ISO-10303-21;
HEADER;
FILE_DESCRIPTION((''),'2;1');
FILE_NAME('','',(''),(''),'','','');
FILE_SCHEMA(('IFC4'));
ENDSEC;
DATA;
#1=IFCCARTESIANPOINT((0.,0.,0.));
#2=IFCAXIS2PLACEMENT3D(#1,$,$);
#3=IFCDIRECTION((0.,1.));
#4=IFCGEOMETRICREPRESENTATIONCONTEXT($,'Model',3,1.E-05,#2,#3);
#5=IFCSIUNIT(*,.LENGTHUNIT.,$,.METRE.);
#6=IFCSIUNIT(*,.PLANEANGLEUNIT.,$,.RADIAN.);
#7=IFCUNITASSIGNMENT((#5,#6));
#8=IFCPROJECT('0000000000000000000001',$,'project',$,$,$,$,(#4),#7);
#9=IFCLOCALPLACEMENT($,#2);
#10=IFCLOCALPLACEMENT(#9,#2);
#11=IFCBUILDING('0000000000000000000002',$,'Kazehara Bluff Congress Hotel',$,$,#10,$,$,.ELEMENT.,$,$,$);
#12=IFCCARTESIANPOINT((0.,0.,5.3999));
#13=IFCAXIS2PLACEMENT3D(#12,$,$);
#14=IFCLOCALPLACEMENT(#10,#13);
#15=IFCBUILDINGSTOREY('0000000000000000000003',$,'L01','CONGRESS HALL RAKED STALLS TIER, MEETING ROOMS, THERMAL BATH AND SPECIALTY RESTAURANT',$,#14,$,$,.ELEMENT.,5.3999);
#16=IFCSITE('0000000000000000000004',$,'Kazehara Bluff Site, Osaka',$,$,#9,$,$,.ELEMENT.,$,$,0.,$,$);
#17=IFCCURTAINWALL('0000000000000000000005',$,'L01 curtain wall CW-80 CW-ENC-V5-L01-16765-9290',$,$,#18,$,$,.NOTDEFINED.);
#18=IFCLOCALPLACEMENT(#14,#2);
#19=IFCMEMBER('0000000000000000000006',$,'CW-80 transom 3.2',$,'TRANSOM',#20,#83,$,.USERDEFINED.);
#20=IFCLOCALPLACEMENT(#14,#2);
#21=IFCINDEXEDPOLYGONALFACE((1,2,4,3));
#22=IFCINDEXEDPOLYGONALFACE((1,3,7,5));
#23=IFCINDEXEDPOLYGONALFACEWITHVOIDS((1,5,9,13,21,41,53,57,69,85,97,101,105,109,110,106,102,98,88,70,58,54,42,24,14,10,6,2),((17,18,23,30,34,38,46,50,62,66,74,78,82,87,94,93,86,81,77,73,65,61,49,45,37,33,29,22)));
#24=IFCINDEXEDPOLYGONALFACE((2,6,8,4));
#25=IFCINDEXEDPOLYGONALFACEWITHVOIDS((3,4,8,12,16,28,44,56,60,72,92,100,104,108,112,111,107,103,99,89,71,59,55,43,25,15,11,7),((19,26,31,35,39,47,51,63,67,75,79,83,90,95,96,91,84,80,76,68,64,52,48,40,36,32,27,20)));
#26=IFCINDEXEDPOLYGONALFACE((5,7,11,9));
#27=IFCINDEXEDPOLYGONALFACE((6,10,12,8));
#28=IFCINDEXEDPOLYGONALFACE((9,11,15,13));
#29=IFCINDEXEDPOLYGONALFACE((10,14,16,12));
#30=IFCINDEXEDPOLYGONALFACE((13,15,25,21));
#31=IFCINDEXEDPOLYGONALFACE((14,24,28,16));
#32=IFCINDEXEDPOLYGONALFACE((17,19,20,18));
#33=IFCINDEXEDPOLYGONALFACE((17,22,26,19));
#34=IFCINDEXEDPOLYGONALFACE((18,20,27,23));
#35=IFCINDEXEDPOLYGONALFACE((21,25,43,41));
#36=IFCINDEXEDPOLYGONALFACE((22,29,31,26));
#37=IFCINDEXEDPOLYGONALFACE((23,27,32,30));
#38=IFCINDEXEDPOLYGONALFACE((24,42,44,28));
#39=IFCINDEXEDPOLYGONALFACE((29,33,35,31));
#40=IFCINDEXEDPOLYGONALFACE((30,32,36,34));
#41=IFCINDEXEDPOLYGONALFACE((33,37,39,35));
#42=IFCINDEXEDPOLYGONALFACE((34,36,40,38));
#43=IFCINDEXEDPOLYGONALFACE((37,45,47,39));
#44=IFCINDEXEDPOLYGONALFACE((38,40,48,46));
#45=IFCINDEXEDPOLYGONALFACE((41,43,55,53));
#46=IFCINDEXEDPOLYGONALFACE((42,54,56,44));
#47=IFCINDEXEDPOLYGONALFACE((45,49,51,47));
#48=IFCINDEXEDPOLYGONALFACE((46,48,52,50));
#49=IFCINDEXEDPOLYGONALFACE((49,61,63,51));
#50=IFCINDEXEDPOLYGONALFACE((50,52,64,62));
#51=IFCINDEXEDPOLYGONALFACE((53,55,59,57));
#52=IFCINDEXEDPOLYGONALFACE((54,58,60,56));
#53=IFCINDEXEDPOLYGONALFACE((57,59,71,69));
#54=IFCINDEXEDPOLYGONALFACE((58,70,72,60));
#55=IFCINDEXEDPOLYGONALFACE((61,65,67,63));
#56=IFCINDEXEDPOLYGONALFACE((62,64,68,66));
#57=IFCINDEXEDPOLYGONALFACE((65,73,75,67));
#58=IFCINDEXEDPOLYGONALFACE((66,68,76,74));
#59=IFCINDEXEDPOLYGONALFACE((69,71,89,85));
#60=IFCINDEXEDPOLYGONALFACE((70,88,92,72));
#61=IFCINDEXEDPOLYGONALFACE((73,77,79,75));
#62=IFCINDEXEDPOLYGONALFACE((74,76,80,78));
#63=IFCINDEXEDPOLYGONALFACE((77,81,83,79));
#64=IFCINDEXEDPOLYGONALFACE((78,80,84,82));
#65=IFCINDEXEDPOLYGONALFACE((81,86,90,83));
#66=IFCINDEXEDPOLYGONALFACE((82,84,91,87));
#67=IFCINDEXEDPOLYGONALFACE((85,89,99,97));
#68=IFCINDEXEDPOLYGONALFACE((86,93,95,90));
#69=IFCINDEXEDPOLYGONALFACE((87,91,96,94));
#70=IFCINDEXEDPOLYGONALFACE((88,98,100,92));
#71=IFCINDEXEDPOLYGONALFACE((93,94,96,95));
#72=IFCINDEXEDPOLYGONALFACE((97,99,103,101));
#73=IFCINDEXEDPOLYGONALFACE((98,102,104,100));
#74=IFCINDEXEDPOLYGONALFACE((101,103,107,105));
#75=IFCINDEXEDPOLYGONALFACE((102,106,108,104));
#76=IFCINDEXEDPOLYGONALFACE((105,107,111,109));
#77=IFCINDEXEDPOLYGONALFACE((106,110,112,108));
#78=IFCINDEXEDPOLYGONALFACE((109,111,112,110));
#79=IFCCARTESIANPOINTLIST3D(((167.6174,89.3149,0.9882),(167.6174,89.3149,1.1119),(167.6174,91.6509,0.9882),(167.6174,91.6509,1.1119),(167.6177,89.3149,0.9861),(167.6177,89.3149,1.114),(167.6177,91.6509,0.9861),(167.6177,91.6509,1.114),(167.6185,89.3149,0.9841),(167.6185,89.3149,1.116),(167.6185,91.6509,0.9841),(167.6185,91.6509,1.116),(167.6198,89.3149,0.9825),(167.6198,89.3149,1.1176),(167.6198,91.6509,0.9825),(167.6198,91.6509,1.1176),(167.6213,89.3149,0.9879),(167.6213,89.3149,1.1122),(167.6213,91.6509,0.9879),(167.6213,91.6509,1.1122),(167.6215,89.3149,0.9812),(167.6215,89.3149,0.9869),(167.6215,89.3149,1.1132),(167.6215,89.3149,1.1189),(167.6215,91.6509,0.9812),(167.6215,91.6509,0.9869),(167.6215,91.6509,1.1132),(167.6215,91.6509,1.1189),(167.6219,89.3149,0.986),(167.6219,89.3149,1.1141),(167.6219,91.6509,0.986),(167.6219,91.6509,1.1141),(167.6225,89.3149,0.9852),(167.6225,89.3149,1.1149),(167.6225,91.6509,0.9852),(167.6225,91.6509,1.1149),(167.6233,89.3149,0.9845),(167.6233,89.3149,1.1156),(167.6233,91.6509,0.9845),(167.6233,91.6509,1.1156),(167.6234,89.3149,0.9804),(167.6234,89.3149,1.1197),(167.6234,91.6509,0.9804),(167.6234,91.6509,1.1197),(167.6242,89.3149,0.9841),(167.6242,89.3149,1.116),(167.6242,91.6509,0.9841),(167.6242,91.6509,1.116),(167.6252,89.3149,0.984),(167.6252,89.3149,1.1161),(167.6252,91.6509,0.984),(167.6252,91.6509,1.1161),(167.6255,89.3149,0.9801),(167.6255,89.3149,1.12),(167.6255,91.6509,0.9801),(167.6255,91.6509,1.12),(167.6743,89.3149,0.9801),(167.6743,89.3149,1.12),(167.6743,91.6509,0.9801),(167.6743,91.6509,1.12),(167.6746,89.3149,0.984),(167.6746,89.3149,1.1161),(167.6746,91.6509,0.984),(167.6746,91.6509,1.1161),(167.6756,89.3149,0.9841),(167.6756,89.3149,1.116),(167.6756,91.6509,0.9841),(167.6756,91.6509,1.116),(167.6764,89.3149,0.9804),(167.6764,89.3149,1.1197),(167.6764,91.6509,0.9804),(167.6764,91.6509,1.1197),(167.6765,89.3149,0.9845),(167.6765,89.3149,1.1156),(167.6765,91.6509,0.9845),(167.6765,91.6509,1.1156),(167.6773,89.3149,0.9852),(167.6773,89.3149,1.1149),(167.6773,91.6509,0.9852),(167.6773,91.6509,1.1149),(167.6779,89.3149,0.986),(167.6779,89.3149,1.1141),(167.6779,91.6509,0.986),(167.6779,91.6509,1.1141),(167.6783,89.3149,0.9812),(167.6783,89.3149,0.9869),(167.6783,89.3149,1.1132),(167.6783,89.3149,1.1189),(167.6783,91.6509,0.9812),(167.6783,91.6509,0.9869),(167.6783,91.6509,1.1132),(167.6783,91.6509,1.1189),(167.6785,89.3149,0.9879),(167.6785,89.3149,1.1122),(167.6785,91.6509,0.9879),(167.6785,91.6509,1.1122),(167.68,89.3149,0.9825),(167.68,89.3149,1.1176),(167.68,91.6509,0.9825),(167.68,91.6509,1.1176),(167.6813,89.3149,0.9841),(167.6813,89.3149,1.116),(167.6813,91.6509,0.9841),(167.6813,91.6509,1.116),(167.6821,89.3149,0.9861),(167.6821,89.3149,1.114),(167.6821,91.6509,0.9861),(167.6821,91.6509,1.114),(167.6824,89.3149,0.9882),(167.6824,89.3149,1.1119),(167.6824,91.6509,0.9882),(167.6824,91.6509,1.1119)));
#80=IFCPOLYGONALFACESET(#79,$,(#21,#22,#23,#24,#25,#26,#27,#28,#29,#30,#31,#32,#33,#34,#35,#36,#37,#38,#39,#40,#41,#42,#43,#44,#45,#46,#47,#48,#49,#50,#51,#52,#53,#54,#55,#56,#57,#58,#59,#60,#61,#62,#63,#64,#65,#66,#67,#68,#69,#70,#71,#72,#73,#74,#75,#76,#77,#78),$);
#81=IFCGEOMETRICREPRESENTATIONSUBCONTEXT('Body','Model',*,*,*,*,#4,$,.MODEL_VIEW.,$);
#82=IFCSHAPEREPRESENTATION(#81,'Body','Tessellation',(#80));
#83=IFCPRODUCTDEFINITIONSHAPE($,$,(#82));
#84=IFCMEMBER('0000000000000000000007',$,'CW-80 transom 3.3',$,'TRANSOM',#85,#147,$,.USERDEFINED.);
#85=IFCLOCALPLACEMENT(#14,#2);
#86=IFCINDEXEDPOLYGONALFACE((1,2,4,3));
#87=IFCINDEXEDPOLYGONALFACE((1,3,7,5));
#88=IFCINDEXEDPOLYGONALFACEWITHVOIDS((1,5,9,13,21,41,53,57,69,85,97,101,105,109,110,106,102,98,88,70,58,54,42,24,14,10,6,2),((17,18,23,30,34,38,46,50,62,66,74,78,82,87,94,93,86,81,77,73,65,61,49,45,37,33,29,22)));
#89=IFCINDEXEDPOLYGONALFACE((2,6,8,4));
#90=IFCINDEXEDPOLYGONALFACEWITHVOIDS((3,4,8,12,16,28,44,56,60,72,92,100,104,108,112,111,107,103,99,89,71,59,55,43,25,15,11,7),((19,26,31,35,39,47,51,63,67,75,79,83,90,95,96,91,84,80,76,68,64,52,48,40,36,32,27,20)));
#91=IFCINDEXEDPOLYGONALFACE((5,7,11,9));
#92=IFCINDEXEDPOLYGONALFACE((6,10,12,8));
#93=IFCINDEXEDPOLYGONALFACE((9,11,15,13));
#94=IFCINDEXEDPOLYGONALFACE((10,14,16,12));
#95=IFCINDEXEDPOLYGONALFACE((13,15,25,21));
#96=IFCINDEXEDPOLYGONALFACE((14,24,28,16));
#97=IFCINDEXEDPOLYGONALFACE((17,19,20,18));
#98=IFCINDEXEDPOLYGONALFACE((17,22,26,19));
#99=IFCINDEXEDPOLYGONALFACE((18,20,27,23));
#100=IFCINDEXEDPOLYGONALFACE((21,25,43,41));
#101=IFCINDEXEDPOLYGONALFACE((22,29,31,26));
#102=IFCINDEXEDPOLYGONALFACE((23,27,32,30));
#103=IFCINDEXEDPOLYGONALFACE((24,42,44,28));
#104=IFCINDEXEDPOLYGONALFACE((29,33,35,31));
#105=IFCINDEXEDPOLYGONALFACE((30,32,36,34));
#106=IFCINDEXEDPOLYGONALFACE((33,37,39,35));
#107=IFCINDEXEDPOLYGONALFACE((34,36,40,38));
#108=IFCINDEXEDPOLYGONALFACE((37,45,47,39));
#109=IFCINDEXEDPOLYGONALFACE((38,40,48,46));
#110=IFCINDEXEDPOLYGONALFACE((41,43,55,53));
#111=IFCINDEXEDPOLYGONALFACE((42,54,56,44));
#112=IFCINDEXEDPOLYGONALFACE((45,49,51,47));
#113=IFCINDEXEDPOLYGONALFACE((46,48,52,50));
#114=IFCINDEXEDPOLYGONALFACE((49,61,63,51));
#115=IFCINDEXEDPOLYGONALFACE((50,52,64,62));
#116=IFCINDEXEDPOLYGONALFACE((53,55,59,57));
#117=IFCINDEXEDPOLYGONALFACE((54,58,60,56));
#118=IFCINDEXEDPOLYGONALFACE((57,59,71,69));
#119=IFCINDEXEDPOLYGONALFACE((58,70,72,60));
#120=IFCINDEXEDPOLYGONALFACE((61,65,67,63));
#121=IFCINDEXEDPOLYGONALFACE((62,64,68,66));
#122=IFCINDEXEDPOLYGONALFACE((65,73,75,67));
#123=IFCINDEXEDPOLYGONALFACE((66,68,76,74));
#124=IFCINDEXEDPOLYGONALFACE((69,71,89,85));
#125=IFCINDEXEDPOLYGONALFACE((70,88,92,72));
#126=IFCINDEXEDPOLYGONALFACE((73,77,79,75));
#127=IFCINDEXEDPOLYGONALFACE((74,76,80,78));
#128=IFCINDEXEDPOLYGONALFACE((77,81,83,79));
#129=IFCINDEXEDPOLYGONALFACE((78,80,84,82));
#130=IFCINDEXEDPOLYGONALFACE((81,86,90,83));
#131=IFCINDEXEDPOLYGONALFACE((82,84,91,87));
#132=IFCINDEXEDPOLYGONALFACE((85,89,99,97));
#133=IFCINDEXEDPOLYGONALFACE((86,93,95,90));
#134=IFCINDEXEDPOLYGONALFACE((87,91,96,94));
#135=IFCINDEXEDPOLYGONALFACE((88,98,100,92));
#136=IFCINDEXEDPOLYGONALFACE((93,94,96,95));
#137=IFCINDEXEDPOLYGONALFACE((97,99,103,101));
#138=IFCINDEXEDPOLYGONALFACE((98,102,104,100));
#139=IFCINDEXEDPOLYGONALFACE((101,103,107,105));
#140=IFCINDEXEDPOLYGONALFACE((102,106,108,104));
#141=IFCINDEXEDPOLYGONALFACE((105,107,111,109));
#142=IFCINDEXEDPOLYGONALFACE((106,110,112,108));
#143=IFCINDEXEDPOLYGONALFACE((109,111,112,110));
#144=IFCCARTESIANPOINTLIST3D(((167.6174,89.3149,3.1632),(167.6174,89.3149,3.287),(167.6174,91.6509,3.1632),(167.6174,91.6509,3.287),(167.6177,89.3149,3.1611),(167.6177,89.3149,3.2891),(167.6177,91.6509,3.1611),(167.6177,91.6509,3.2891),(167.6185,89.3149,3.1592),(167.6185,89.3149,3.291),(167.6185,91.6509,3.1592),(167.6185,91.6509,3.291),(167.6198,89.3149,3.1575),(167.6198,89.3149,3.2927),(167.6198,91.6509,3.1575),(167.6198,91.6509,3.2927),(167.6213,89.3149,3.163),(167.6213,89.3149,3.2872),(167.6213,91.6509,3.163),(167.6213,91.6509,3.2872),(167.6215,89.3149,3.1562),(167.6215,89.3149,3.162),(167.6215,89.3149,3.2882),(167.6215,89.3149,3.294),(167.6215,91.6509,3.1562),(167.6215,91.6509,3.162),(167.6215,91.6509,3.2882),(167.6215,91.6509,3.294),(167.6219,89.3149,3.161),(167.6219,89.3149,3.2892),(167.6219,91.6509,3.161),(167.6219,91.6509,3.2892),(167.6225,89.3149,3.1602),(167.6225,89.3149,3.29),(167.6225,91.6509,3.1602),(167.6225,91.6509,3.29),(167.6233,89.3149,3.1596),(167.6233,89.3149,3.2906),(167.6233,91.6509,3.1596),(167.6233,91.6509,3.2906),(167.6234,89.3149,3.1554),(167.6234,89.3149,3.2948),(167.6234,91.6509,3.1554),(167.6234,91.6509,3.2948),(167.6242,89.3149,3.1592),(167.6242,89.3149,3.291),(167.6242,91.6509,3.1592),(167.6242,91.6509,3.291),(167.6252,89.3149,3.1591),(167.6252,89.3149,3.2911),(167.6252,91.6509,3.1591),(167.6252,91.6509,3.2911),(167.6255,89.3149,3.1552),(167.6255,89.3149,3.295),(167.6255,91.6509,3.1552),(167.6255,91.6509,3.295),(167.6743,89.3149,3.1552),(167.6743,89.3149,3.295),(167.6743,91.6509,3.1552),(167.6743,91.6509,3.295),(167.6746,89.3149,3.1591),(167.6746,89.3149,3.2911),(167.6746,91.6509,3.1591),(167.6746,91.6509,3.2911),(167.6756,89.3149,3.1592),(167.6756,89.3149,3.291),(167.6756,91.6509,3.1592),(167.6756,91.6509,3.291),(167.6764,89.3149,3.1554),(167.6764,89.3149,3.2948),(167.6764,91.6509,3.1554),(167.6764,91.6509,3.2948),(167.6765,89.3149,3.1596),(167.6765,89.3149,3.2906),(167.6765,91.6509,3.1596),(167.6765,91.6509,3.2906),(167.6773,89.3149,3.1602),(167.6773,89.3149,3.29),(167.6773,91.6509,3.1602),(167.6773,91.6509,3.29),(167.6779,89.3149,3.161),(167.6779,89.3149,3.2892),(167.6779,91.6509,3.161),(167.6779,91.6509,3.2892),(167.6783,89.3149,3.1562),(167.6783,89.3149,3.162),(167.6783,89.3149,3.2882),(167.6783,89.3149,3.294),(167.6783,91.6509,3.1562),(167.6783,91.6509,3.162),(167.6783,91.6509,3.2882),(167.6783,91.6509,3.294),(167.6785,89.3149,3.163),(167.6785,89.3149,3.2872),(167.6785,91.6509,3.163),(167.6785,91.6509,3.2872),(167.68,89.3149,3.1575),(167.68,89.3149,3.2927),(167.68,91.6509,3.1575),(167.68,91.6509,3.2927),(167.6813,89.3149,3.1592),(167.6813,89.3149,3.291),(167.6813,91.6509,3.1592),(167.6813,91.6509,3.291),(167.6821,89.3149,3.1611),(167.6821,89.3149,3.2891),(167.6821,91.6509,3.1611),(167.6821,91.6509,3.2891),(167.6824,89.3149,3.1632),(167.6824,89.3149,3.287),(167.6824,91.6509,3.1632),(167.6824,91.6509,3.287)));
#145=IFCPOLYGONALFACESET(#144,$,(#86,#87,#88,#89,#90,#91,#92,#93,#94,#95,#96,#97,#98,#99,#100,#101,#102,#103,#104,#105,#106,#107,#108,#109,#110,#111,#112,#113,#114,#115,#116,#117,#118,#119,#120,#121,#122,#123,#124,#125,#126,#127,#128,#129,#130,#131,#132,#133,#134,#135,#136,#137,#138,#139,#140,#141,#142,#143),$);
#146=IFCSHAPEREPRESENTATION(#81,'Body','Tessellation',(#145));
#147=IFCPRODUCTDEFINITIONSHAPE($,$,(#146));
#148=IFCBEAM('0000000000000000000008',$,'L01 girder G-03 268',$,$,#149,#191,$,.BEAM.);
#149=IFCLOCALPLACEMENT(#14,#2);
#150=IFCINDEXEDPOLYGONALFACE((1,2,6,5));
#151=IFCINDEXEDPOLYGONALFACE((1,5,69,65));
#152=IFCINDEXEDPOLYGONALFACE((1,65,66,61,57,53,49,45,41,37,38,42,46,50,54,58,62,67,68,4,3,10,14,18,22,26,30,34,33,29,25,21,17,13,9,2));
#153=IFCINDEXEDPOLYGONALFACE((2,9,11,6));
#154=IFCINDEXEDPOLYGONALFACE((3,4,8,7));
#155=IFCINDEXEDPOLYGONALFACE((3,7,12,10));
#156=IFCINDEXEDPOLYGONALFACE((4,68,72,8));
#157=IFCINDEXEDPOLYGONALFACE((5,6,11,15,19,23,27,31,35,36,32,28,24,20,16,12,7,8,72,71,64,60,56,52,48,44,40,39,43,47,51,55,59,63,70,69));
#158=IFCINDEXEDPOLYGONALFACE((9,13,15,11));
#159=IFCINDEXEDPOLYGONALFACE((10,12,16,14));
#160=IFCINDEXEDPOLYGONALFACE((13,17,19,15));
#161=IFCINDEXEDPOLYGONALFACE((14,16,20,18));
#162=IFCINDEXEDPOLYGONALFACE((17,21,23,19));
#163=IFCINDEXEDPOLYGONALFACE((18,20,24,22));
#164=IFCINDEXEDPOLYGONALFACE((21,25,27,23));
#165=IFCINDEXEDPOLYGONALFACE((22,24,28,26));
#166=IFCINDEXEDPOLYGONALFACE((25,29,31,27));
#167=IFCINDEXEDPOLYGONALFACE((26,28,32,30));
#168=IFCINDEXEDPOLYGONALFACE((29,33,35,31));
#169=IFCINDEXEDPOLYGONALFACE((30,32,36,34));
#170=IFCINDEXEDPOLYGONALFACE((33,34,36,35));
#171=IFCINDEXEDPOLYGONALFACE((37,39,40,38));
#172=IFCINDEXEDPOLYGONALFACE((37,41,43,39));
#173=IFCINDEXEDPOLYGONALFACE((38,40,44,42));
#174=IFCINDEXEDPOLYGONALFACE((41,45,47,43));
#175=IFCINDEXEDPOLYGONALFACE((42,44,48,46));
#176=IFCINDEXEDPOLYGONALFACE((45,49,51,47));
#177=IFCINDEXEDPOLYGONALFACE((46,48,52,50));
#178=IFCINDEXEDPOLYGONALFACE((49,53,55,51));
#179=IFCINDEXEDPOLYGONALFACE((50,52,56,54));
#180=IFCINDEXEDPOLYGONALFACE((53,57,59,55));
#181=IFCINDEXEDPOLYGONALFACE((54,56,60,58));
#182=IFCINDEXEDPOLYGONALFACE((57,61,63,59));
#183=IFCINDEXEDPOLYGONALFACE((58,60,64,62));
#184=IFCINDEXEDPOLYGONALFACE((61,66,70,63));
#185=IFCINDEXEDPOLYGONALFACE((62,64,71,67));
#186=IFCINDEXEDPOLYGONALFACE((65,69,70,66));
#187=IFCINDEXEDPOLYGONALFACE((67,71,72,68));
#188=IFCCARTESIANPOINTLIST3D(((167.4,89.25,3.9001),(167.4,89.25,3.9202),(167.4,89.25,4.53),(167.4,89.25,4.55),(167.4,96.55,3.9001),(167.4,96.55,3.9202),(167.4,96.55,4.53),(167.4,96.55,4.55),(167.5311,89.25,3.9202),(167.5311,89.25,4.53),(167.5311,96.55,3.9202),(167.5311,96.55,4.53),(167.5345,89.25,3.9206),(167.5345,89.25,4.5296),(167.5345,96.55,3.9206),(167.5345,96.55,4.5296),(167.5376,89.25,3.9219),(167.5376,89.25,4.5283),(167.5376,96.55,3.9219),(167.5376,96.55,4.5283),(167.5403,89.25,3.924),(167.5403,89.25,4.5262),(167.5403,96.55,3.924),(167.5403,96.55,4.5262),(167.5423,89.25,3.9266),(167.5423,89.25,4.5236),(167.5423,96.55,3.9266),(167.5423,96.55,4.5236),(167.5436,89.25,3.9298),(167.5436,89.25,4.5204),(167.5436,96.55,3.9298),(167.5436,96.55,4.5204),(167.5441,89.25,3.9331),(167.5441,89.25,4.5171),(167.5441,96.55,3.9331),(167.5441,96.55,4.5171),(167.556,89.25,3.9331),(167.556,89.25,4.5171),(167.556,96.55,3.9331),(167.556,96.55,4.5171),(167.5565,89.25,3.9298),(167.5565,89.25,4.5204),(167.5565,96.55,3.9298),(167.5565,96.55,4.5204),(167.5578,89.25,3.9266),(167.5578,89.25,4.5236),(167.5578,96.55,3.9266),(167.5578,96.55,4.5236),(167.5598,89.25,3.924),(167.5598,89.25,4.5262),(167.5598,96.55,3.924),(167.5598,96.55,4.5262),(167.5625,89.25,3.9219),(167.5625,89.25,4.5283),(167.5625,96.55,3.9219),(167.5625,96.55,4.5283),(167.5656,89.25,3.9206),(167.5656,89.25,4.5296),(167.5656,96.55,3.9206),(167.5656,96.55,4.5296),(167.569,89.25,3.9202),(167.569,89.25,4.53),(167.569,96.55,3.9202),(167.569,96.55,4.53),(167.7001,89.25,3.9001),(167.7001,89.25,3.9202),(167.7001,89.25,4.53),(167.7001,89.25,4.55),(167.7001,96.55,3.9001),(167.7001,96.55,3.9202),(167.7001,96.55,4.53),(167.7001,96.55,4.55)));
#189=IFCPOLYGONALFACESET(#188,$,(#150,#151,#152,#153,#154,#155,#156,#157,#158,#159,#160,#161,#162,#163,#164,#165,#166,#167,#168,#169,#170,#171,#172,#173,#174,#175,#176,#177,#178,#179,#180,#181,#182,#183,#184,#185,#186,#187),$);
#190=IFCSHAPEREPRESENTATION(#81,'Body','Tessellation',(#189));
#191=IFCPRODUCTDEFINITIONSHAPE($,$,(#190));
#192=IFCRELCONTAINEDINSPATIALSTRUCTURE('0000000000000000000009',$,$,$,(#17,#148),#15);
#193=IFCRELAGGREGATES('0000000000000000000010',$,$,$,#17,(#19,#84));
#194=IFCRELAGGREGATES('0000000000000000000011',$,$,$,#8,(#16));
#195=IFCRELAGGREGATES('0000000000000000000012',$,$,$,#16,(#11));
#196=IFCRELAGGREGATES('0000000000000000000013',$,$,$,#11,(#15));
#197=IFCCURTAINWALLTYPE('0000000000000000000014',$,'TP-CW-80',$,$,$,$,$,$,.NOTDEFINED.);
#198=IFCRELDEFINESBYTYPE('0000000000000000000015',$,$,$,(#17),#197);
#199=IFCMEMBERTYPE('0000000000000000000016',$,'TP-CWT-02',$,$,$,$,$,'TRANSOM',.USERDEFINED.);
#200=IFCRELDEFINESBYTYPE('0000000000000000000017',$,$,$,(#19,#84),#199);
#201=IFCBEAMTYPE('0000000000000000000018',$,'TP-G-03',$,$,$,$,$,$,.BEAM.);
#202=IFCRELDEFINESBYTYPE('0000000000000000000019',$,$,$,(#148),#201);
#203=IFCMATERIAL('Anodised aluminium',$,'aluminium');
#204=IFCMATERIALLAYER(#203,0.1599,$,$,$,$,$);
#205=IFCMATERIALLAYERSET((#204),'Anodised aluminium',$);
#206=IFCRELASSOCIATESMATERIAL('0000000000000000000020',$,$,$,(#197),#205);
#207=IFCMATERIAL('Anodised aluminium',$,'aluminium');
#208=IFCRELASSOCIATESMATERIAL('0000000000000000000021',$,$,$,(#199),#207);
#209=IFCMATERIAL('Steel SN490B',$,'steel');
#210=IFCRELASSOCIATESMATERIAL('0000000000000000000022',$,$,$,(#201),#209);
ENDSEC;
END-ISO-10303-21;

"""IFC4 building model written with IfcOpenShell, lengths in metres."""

from ifc_helpers import new_model, si_unit, direction, frame, origin, origin_2d, place, context, subcontext, project, spatial, hollow_rectangle, i_section, extrude, material, layer, layer_set, material_profile, profile_set, type_object, element, aggregate, save


model = new_model("IFC4")

# Units and contexts
model_context = context("Model", 3, precision=1e-05, world=origin(), true_north=direction((0.0, 1.0)))
body_context = subcontext(model_context, "Body", "Model", "MODEL_VIEW")
ifc_project = project(units=[si_unit("LENGTHUNIT", "METRE"), si_unit("PLANEANGLEUNIT", "RADIAN")], contexts=[model_context])

# Site, building, storey
site_placement = place(None, origin())
site = spatial("IfcSite", under=ifc_project, at=site_placement, Name="Kazehara Bluff Site, Osaka", CompositionType="ELEMENT", RefElevation=0.0)
building_placement = place(site_placement, origin())
building = spatial("IfcBuilding", under=site, at=building_placement, Name="Kazehara Bluff Congress Hotel", CompositionType="ELEMENT")
storey_placement = place(building_placement, frame((0.0, 0.0, 5.3999)))
storey = spatial("IfcBuildingStorey", under=building, at=storey_placement, Name="L01", Description="CONGRESS HALL RAKED STALLS TIER, MEETING ROOMS, THERMAL BATH AND SPECIALTY RESTAURANT", CompositionType="ELEMENT", Elevation=5.3999)

# Shared definitions
ifc_material_1 = material(Name="Anodised aluminium", Category="aluminium")
ifc_layer_1 = layer(ifc_material_1, 0.1599)
ifc_layer_set_1 = layer_set([ifc_layer_1], Name="Anodised aluminium")
curtain_wall_type = type_object("IfcCurtainWallType", Name="TP-CW-80", PredefinedType="NOTDEFINED", material=ifc_layer_set_1)

# Curtain wall
curtain_wall_1_placement = place(storey_placement, origin())
curtain_wall_1 = element("IfcCurtainWall", 1, at=curtain_wall_1_placement, inside=storey, type_object=curtain_wall_type, Name="L01 curtain wall CW-80 CW-ENC-V5-L01-16765-9290", PredefinedType="NOTDEFINED")

# Members
ifc_material_2 = material(Name="Anodised aluminium", Category="aluminium")
ifc_material_profile_1 = material_profile(ifc_material_2, hollow_rectangle(XDim=0.0649, YDim=0.1399, WallThickness=0.0039, InnerFilletRadius=0.0039, OuterFilletRadius=0.0081, at=origin_2d()))
ifc_profile_set_1 = profile_set([ifc_material_profile_1], Name="Anodised aluminium")
member_type_1 = type_object("IfcMemberType", Name="TP-CWT-02", ElementType="TRANSOM", PredefinedType="USERDEFINED", material=ifc_profile_set_1)
member_1_placement = place(storey_placement, frame((167.6499, 91.6509, 1.05), z_axis=(0.0, -1.0, 0.0), x_axis=(1.0, 0.0, 0.0)))
member_1 = element("IfcMember", 2, at=member_1_placement, type_object=member_type_1, Name="CW-80 transom 3.2", ObjectType="TRANSOM", PredefinedType="USERDEFINED", context=body_context, shape_type="SweptSolid", body=[
    extrude(hollow_rectangle(XDim=0.0649, YDim=0.1399, WallThickness=0.0039, InnerFilletRadius=0.0039, OuterFilletRadius=0.0081, at=origin_2d()), origin(), (0.0, 0.0, 1.0), 2.3359),
])
member_2_placement = place(storey_placement, frame((167.6499, 91.6509, 3.2251), z_axis=(0.0, -1.0, 0.0), x_axis=(1.0, 0.0, 0.0)))
member_2 = element("IfcMember", 3, at=member_2_placement, type_object=member_type_1, Name="CW-80 transom 3.3", ObjectType="TRANSOM", PredefinedType="USERDEFINED", context=body_context, shape_type="SweptSolid", body=[
    extrude(hollow_rectangle(XDim=0.0649, YDim=0.1399, WallThickness=0.0039, InnerFilletRadius=0.0039, OuterFilletRadius=0.0081, at=origin_2d()), origin(), (0.0, 0.0, 1.0), 2.3359),
])

# Beam
ifc_material_3 = material(Name="Steel SN490B", Category="steel")
ifc_material_profile_2 = material_profile(ifc_material_3, i_section(OverallWidth=0.3, OverallDepth=0.6499, WebThickness=0.012, FlangeThickness=0.02, FilletRadius=0.0129, at=origin_2d()))
ifc_profile_set_2 = profile_set([ifc_material_profile_2], Name="Steel SN490B")
beam_type = type_object("IfcBeamType", Name="TP-G-03", PredefinedType="BEAM", material=ifc_profile_set_2)
beam_placement = place(storey_placement, frame((167.55, 89.25, 4.2251), z_axis=(0.0, 1.0, 0.0), x_axis=(-1.0, 0.0, 0.0)))
element("IfcBeam", 4, at=beam_placement, inside=storey, type_object=beam_type, Name="L01 girder G-03 268", PredefinedType="BEAM", context=body_context, shape_type="SweptSolid", body=[
    extrude(i_section(OverallWidth=0.3, OverallDepth=0.6499, WebThickness=0.012, FlangeThickness=0.02, FilletRadius=0.0129, at=origin_2d()), origin(), (0.0, 0.0, 1.0), 7.3),
])

aggregate(curtain_wall_1, [member_1, member_2])

save(model, "model.ifc")
